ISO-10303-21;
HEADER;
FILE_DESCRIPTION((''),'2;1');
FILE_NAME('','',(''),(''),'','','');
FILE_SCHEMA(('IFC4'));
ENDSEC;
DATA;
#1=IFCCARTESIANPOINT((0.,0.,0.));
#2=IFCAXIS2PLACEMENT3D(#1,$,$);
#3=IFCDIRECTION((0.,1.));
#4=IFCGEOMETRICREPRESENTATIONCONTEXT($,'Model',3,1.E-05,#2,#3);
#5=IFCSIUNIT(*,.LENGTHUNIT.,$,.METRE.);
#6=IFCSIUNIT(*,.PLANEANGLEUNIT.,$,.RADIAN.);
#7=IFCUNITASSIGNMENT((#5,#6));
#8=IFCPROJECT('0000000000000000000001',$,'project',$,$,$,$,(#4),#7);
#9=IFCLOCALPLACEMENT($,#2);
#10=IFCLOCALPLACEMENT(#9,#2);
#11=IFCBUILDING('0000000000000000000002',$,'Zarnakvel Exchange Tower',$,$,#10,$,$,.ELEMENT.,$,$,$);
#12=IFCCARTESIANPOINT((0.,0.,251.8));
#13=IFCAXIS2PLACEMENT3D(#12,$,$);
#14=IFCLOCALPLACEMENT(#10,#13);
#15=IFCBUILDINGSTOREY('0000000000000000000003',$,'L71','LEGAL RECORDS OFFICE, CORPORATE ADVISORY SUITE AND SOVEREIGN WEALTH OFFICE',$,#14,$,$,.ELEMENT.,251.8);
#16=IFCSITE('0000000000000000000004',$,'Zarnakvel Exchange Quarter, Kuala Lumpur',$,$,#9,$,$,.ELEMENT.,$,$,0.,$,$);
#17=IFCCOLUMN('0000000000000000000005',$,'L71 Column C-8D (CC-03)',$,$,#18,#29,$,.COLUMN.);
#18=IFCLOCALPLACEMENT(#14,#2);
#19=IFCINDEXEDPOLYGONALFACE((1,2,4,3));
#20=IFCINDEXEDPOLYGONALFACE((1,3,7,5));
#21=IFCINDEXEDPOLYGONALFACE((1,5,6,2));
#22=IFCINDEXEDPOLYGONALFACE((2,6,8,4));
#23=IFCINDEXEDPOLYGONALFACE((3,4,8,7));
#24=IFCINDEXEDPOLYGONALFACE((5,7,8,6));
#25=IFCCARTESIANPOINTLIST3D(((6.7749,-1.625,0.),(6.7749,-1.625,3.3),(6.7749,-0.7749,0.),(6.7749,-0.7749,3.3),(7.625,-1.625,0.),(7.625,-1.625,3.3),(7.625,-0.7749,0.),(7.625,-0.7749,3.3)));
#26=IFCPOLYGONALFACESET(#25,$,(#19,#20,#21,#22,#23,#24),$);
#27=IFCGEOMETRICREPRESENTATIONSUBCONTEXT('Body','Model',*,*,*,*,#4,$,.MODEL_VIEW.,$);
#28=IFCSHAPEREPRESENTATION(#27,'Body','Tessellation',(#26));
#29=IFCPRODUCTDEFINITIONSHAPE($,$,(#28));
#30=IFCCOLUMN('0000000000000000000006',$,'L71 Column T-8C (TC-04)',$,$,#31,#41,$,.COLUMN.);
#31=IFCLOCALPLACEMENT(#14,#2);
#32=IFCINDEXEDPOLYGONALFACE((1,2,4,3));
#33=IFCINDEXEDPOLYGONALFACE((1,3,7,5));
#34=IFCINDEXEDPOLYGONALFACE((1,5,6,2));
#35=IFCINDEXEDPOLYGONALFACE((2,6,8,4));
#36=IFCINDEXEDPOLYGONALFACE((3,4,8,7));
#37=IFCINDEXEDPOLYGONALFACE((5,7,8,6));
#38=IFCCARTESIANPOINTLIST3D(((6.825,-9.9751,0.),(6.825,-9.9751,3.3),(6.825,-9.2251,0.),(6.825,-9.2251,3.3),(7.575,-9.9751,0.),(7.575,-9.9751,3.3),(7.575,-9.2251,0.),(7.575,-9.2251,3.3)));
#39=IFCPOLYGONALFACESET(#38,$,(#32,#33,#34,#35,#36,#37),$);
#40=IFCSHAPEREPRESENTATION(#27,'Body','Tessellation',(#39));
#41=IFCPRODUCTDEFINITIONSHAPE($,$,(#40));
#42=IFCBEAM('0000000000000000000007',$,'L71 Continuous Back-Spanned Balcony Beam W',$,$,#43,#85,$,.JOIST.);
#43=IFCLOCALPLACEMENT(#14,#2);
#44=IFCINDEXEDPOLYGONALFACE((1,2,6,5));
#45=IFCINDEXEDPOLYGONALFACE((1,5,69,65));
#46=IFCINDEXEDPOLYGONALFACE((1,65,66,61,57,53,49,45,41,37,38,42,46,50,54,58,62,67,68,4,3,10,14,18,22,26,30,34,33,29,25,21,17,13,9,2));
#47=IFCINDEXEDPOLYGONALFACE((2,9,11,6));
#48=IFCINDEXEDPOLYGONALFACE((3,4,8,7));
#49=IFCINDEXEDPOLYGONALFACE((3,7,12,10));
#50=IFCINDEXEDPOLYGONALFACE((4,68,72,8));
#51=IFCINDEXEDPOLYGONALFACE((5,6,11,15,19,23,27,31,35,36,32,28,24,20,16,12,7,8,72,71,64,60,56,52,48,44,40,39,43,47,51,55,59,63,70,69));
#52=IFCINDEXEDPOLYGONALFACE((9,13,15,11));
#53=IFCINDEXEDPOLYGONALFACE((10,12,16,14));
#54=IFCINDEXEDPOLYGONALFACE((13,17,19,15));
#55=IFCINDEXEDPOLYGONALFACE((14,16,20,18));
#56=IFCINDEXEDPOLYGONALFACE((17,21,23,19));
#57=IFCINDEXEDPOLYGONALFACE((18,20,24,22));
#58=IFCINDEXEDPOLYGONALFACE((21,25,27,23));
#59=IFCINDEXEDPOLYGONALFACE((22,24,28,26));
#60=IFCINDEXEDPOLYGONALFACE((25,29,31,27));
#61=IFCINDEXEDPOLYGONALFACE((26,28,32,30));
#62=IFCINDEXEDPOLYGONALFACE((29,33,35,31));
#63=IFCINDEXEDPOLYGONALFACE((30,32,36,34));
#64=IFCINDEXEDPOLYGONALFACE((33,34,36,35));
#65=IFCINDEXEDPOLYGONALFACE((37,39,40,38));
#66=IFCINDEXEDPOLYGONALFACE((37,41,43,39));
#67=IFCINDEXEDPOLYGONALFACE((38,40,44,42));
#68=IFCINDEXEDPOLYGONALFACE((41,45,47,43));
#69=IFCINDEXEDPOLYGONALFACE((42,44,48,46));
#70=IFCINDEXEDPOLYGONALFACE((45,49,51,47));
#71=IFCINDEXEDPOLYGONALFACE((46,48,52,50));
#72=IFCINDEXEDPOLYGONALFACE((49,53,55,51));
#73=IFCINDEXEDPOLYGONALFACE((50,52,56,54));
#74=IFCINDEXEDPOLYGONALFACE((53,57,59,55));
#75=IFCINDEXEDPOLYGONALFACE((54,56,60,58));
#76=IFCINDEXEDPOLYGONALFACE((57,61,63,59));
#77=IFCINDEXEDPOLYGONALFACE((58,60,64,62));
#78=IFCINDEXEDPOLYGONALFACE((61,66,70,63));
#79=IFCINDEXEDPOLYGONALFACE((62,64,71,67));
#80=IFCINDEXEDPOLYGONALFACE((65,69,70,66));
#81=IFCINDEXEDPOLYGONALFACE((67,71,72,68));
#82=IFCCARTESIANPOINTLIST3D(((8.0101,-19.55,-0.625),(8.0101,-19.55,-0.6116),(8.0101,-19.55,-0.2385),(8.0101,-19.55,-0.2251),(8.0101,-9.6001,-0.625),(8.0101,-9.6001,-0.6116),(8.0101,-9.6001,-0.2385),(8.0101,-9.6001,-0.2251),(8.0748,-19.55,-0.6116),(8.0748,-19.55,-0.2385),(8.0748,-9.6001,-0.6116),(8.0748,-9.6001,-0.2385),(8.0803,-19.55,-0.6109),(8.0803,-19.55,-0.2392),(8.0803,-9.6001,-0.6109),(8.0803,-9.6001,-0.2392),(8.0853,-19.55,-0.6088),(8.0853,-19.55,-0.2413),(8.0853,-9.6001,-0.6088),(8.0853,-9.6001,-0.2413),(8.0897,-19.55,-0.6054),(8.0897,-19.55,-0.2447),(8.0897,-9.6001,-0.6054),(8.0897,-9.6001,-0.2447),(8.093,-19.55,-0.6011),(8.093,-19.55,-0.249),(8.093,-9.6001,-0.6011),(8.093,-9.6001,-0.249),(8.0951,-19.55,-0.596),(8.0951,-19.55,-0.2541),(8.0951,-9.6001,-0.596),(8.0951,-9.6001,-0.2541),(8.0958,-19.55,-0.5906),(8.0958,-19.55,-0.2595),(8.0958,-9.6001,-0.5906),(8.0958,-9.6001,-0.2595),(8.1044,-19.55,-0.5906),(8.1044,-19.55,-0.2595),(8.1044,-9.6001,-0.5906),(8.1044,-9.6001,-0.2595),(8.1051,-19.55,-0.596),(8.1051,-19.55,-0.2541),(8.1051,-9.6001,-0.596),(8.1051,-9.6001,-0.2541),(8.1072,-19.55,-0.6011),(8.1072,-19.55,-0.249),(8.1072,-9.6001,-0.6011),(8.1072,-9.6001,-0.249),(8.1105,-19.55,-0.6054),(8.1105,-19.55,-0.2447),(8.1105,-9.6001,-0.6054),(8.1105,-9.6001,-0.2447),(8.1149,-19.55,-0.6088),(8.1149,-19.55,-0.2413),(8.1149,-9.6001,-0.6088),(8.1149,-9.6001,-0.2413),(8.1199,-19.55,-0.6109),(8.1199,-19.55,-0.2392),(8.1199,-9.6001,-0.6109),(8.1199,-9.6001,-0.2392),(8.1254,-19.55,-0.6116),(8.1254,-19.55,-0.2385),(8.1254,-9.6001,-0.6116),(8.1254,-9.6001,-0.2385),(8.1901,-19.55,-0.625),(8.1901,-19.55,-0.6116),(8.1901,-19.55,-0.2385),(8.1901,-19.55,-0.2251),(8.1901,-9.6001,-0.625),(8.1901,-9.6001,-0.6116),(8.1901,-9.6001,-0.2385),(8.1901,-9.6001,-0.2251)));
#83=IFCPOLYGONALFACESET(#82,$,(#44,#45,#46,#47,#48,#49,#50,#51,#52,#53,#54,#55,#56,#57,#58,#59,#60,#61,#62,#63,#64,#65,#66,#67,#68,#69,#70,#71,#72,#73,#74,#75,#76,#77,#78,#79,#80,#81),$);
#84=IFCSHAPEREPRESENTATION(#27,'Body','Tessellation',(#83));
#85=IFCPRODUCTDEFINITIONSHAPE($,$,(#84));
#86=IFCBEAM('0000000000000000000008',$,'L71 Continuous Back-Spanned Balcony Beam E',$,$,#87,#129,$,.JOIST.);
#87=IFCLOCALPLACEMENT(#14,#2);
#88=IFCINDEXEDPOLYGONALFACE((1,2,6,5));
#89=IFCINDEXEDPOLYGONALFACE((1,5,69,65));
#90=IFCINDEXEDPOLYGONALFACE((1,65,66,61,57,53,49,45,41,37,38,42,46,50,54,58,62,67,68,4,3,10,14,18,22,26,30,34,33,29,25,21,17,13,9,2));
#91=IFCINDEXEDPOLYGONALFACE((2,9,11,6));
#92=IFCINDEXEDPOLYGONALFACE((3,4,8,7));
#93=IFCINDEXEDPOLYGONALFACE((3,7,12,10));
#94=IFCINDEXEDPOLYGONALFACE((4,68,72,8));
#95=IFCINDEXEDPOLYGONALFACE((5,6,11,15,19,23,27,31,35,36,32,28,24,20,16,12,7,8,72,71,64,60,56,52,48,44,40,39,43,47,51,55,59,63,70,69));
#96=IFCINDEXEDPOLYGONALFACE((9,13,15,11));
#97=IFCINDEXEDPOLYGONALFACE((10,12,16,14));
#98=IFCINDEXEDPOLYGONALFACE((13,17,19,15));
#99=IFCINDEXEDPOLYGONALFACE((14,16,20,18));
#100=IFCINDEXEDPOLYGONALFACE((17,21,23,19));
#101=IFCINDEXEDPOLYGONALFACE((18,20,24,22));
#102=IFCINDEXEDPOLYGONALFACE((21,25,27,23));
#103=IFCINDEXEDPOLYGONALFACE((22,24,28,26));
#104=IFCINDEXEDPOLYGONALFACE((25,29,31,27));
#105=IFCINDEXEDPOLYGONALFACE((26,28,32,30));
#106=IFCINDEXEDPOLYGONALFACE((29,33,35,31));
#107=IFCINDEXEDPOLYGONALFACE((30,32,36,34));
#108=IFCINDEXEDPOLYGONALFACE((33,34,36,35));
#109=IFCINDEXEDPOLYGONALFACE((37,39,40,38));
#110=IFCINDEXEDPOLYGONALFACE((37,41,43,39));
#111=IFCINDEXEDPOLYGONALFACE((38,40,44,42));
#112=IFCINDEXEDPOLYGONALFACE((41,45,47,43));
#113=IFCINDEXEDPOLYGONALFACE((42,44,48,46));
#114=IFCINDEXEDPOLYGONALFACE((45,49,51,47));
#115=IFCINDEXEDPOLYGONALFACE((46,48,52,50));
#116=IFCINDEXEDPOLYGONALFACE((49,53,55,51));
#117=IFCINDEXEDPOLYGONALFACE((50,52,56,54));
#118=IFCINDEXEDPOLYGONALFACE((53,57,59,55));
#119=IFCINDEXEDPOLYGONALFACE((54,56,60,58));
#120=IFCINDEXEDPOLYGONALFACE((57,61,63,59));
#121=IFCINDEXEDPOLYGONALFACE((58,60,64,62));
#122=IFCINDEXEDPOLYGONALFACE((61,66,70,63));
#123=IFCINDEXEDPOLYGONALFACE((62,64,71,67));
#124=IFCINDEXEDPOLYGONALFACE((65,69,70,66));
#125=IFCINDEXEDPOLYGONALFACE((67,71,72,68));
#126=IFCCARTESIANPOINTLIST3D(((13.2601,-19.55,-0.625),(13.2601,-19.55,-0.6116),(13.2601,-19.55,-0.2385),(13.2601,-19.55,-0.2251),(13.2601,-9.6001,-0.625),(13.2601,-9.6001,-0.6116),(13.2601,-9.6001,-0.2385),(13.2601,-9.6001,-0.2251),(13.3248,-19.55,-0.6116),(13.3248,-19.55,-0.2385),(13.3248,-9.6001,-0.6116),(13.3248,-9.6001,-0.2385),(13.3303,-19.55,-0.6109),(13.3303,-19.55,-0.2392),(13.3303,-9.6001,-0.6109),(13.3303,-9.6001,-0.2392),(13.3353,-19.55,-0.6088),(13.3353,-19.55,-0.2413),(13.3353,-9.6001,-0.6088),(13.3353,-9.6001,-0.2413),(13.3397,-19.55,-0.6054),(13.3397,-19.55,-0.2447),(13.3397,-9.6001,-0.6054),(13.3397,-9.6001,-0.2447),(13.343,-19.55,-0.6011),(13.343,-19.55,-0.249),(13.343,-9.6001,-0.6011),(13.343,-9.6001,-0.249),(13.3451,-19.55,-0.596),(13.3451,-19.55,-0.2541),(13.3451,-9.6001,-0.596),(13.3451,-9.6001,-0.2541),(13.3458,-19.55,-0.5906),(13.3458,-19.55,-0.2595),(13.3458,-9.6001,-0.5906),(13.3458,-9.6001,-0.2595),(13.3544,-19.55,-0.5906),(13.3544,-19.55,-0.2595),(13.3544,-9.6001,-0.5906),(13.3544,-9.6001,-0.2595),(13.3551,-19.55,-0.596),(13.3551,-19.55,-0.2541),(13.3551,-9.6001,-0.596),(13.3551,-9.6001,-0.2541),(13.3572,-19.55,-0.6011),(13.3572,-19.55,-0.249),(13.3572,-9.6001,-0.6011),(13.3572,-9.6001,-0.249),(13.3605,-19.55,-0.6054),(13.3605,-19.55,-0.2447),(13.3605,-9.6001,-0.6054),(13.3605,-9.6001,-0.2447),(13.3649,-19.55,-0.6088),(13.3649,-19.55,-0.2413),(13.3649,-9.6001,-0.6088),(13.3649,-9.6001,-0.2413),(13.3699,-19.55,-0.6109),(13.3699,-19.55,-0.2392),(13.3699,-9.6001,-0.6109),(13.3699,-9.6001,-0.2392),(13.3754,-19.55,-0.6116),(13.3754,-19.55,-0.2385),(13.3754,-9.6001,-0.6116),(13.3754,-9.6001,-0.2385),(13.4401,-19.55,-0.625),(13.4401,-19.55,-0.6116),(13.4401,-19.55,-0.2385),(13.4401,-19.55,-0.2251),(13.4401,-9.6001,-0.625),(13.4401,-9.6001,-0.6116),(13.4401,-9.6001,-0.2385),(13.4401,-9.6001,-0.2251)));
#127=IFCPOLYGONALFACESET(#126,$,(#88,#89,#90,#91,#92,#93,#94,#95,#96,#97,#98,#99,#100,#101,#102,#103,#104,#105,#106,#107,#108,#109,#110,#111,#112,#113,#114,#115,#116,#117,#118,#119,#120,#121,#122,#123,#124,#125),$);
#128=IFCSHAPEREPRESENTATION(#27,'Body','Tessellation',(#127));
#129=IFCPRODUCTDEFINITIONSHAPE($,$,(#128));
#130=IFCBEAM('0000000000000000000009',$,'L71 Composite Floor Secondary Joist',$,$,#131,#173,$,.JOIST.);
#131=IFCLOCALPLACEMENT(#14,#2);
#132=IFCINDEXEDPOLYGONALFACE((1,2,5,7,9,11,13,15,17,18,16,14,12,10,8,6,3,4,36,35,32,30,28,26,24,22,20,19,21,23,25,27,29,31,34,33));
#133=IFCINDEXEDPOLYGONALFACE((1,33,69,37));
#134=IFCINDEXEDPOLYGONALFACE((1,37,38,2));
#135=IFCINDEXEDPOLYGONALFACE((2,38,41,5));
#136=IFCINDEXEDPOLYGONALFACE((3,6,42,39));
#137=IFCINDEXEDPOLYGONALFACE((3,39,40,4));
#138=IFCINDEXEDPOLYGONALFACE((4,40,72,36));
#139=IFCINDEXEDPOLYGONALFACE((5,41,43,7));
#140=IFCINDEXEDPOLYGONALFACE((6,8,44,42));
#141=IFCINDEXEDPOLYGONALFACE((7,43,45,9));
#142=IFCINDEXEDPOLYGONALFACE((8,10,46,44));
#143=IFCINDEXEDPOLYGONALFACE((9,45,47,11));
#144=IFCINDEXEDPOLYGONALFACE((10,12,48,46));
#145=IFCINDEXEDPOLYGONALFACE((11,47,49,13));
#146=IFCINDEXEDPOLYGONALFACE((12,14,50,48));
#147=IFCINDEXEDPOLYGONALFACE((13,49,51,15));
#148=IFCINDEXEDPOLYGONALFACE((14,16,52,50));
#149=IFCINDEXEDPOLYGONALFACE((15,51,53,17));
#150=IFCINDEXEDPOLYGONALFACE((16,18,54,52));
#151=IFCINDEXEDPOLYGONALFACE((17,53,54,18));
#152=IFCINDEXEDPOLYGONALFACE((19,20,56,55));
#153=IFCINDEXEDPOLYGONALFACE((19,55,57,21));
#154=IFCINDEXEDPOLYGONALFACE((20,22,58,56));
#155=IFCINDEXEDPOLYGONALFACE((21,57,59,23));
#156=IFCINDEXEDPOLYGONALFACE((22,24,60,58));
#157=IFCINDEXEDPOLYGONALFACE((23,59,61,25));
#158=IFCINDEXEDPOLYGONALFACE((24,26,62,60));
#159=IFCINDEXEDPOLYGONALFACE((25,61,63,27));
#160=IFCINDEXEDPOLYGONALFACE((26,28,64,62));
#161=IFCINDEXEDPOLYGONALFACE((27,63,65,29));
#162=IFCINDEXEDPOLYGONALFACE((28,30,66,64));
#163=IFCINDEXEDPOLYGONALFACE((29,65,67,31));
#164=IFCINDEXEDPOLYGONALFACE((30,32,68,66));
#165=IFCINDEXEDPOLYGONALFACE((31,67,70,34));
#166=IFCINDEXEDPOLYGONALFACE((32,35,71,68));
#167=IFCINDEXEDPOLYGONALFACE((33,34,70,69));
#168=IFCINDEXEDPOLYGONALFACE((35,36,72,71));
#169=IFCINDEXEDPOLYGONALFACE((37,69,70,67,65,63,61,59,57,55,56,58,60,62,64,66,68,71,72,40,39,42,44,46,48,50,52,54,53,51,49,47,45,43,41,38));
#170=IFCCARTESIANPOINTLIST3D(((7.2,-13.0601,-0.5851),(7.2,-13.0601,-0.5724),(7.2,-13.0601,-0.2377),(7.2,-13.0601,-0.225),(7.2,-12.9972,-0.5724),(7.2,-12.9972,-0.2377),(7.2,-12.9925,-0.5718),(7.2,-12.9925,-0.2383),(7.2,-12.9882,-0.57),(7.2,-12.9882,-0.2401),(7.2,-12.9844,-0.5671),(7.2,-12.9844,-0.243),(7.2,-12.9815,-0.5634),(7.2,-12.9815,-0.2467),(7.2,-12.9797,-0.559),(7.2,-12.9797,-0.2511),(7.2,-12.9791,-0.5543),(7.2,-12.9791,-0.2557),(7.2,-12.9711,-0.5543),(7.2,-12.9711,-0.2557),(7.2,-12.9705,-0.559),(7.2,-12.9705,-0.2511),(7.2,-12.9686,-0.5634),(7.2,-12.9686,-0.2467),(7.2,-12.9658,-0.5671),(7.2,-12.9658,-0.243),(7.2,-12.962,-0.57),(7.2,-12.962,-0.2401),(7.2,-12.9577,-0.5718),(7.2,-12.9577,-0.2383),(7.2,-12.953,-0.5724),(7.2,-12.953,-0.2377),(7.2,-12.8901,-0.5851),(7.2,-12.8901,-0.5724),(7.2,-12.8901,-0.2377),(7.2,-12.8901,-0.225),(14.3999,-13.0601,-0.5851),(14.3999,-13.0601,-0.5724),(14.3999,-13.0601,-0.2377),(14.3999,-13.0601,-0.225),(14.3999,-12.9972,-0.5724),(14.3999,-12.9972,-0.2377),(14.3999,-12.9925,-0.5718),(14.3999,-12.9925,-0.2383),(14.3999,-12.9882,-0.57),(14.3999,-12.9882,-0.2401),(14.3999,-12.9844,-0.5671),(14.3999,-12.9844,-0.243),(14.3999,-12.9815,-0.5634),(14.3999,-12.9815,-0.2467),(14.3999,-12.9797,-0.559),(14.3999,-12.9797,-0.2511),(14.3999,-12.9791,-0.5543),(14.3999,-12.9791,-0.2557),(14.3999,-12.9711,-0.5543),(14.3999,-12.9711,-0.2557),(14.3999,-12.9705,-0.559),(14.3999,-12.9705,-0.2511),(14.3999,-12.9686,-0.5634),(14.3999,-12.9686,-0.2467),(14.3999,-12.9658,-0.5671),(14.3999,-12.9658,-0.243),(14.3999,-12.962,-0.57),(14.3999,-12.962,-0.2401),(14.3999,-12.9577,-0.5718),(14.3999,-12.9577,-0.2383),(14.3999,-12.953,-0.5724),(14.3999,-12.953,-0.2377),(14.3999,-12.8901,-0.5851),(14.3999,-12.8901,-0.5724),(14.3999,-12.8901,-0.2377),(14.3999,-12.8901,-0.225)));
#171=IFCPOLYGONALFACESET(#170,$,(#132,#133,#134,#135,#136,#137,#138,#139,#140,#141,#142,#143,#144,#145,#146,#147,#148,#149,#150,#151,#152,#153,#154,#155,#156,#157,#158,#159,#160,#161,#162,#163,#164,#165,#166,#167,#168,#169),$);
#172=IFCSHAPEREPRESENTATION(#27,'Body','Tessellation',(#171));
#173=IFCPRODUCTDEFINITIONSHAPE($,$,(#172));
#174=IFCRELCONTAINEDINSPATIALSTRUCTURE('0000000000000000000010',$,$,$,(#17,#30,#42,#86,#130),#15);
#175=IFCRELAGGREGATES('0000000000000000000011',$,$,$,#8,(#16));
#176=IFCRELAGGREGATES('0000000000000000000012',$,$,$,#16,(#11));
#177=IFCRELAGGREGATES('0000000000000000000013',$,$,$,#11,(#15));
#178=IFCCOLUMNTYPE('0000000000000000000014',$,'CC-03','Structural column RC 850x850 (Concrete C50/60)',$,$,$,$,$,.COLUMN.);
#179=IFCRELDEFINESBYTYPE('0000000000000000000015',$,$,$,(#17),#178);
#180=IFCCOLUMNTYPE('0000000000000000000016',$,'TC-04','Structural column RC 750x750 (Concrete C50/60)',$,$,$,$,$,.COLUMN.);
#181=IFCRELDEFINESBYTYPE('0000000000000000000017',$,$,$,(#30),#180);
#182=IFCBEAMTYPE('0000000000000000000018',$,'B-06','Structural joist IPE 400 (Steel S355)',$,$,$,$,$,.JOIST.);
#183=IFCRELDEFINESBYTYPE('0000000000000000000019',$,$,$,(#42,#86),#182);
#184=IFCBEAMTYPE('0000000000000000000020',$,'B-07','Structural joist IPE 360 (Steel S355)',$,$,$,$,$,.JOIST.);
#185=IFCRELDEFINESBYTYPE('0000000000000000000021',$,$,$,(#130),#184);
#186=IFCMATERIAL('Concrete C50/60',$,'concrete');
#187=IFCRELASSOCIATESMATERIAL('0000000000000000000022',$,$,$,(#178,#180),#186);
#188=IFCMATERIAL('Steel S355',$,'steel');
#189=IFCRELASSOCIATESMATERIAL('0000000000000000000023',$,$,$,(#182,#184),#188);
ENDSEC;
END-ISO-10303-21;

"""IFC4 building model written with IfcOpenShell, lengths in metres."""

from ifc_helpers import new_model, si_unit, direction, frame, origin, origin_2d, place, context, subcontext, project, spatial, rectangle, i_section, extrude, material, material_profile, profile_set, type_object, element, save


model = new_model("IFC4")

# Units and contexts
model_context = context("Model", 3, precision=1e-05, world=origin(), true_north=direction((0.0, 1.0)))
body_context = subcontext(model_context, "Body", "Model", "MODEL_VIEW")
ifc_project = project(units=[si_unit("LENGTHUNIT", "METRE"), si_unit("PLANEANGLEUNIT", "RADIAN")], contexts=[model_context])

# Site, building, storey
site_placement = place(None, origin())
site = spatial("IfcSite", under=ifc_project, at=site_placement, Name="Zarnakvel Exchange Quarter, Kuala Lumpur", CompositionType="ELEMENT", RefElevation=0.0)
building_placement = place(site_placement, origin())
building = spatial("IfcBuilding", under=site, at=building_placement, Name="Zarnakvel Exchange Tower", CompositionType="ELEMENT")
storey_placement = place(building_placement, frame((0.0, 0.0, 251.8)))
storey = spatial("IfcBuildingStorey", under=building, at=storey_placement, Name="L71", Description="LEGAL RECORDS OFFICE, CORPORATE ADVISORY SUITE AND SOVEREIGN WEALTH OFFICE", CompositionType="ELEMENT", Elevation=251.8)

# Columns
ifc_material_1 = material(Name="Concrete C50/60", Category="concrete")
ifc_material_profile_1 = material_profile(ifc_material_1, rectangle(XDim=0.8501, YDim=0.8501, at=origin_2d()))
ifc_profile_set_1 = profile_set([ifc_material_profile_1], Name="Concrete C50/60")
column_type_1 = type_object("IfcColumnType", Name="CC-03", Description="Structural column RC 850x850 (Concrete C50/60)", PredefinedType="COLUMN", material=ifc_profile_set_1)
column_1_placement = place(storey_placement, frame((7.2, -1.2, 0.0), z_axis=(0.0, 0.0, 1.0), x_axis=(1.0, 0.0, 0.0)))
element("IfcColumn", 1, at=column_1_placement, inside=storey, type_object=column_type_1, Name="L71 Column C-8D (CC-03)", PredefinedType="COLUMN", context=body_context, shape_type="SweptSolid", body=[
    extrude(rectangle(XDim=0.8501, YDim=0.8501, at=origin_2d()), origin(), (0.0, 0.0, 1.0), 3.3),
])
ifc_material_profile_2 = material_profile(ifc_material_1, rectangle(XDim=0.75, YDim=0.75, at=origin_2d()))
ifc_profile_set_2 = profile_set([ifc_material_profile_2], Name="Concrete C50/60")
column_type_2 = type_object("IfcColumnType", Name="TC-04", Description="Structural column RC 750x750 (Concrete C50/60)", PredefinedType="COLUMN", material=ifc_profile_set_2)
column_2_placement = place(storey_placement, frame((7.2, -9.6001, 0.0), z_axis=(0.0, 0.0, 1.0), x_axis=(1.0, 0.0, 0.0)))
element("IfcColumn", 2, at=column_2_placement, inside=storey, type_object=column_type_2, Name="L71 Column T-8C (TC-04)", PredefinedType="COLUMN", context=body_context, shape_type="SweptSolid", body=[
    extrude(rectangle(XDim=0.75, YDim=0.75, at=origin_2d()), origin(), (0.0, 0.0, 1.0), 3.3),
])

# Beams
ifc_material_2 = material(Name="Steel S355", Category="steel")
ifc_material_profile_3 = material_profile(ifc_material_2, i_section(OverallWidth=0.1799, OverallDepth=0.3999, WebThickness=0.0085, FlangeThickness=0.0134, FilletRadius=0.021, at=origin_2d()))
ifc_profile_set_3 = profile_set([ifc_material_profile_3], Name="Steel S355")
beam_type_1 = type_object("IfcBeamType", Name="B-06", Description="Structural joist IPE 400 (Steel S355)", PredefinedType="JOIST", material=ifc_profile_set_3)
for number, where, z_axis, x_axis, name in (
    (3, (8.1001, -9.6001, -0.425), (0.0, -1.0, 0.0), (1.0, 0.0, 0.0), "L71 Continuous Back-Spanned Balcony Beam W"),
    (4, (13.3501, -9.6001, -0.425), (0.0, -1.0, 0.0), (1.0, 0.0, 0.0), "L71 Continuous Back-Spanned Balcony Beam E"),
):
    element("IfcBeam", number, at=place(storey_placement, frame(where, z_axis=z_axis, x_axis=x_axis)), inside=storey, type_object=beam_type_1, Name=name, PredefinedType="JOIST", context=body_context, shape_type="SweptSolid", body=[
        extrude(i_section(OverallWidth=0.1799, OverallDepth=0.3999, WebThickness=0.0085, FlangeThickness=0.0134, FilletRadius=0.021, at=origin_2d()), origin(), (0.0, 0.0, 1.0), 9.95),
    ])
ifc_material_profile_4 = material_profile(ifc_material_2, i_section(OverallWidth=0.1699, OverallDepth=0.3601, WebThickness=0.0081, FlangeThickness=0.0127, FilletRadius=0.0181, at=origin_2d()))
ifc_profile_set_4 = profile_set([ifc_material_profile_4], Name="Steel S355")
beam_type_2 = type_object("IfcBeamType", Name="B-07", Description="Structural joist IPE 360 (Steel S355)", PredefinedType="JOIST", material=ifc_profile_set_4)
beam_1_placement = place(storey_placement, frame((7.2, -12.9751, -0.405), z_axis=(1.0, 0.0, 0.0), x_axis=(0.0, 1.0, 0.0)))
element("IfcBeam", 5, at=beam_1_placement, inside=storey, type_object=beam_type_2, Name="L71 Composite Floor Secondary Joist", PredefinedType="JOIST", context=body_context, shape_type="SweptSolid", body=[
    extrude(i_section(OverallWidth=0.1699, OverallDepth=0.3601, WebThickness=0.0081, FlangeThickness=0.0127, FilletRadius=0.0181, at=origin_2d()), origin(), (0.0, 0.0, 1.0), 7.2),
])

save(model, "model.ifc")
